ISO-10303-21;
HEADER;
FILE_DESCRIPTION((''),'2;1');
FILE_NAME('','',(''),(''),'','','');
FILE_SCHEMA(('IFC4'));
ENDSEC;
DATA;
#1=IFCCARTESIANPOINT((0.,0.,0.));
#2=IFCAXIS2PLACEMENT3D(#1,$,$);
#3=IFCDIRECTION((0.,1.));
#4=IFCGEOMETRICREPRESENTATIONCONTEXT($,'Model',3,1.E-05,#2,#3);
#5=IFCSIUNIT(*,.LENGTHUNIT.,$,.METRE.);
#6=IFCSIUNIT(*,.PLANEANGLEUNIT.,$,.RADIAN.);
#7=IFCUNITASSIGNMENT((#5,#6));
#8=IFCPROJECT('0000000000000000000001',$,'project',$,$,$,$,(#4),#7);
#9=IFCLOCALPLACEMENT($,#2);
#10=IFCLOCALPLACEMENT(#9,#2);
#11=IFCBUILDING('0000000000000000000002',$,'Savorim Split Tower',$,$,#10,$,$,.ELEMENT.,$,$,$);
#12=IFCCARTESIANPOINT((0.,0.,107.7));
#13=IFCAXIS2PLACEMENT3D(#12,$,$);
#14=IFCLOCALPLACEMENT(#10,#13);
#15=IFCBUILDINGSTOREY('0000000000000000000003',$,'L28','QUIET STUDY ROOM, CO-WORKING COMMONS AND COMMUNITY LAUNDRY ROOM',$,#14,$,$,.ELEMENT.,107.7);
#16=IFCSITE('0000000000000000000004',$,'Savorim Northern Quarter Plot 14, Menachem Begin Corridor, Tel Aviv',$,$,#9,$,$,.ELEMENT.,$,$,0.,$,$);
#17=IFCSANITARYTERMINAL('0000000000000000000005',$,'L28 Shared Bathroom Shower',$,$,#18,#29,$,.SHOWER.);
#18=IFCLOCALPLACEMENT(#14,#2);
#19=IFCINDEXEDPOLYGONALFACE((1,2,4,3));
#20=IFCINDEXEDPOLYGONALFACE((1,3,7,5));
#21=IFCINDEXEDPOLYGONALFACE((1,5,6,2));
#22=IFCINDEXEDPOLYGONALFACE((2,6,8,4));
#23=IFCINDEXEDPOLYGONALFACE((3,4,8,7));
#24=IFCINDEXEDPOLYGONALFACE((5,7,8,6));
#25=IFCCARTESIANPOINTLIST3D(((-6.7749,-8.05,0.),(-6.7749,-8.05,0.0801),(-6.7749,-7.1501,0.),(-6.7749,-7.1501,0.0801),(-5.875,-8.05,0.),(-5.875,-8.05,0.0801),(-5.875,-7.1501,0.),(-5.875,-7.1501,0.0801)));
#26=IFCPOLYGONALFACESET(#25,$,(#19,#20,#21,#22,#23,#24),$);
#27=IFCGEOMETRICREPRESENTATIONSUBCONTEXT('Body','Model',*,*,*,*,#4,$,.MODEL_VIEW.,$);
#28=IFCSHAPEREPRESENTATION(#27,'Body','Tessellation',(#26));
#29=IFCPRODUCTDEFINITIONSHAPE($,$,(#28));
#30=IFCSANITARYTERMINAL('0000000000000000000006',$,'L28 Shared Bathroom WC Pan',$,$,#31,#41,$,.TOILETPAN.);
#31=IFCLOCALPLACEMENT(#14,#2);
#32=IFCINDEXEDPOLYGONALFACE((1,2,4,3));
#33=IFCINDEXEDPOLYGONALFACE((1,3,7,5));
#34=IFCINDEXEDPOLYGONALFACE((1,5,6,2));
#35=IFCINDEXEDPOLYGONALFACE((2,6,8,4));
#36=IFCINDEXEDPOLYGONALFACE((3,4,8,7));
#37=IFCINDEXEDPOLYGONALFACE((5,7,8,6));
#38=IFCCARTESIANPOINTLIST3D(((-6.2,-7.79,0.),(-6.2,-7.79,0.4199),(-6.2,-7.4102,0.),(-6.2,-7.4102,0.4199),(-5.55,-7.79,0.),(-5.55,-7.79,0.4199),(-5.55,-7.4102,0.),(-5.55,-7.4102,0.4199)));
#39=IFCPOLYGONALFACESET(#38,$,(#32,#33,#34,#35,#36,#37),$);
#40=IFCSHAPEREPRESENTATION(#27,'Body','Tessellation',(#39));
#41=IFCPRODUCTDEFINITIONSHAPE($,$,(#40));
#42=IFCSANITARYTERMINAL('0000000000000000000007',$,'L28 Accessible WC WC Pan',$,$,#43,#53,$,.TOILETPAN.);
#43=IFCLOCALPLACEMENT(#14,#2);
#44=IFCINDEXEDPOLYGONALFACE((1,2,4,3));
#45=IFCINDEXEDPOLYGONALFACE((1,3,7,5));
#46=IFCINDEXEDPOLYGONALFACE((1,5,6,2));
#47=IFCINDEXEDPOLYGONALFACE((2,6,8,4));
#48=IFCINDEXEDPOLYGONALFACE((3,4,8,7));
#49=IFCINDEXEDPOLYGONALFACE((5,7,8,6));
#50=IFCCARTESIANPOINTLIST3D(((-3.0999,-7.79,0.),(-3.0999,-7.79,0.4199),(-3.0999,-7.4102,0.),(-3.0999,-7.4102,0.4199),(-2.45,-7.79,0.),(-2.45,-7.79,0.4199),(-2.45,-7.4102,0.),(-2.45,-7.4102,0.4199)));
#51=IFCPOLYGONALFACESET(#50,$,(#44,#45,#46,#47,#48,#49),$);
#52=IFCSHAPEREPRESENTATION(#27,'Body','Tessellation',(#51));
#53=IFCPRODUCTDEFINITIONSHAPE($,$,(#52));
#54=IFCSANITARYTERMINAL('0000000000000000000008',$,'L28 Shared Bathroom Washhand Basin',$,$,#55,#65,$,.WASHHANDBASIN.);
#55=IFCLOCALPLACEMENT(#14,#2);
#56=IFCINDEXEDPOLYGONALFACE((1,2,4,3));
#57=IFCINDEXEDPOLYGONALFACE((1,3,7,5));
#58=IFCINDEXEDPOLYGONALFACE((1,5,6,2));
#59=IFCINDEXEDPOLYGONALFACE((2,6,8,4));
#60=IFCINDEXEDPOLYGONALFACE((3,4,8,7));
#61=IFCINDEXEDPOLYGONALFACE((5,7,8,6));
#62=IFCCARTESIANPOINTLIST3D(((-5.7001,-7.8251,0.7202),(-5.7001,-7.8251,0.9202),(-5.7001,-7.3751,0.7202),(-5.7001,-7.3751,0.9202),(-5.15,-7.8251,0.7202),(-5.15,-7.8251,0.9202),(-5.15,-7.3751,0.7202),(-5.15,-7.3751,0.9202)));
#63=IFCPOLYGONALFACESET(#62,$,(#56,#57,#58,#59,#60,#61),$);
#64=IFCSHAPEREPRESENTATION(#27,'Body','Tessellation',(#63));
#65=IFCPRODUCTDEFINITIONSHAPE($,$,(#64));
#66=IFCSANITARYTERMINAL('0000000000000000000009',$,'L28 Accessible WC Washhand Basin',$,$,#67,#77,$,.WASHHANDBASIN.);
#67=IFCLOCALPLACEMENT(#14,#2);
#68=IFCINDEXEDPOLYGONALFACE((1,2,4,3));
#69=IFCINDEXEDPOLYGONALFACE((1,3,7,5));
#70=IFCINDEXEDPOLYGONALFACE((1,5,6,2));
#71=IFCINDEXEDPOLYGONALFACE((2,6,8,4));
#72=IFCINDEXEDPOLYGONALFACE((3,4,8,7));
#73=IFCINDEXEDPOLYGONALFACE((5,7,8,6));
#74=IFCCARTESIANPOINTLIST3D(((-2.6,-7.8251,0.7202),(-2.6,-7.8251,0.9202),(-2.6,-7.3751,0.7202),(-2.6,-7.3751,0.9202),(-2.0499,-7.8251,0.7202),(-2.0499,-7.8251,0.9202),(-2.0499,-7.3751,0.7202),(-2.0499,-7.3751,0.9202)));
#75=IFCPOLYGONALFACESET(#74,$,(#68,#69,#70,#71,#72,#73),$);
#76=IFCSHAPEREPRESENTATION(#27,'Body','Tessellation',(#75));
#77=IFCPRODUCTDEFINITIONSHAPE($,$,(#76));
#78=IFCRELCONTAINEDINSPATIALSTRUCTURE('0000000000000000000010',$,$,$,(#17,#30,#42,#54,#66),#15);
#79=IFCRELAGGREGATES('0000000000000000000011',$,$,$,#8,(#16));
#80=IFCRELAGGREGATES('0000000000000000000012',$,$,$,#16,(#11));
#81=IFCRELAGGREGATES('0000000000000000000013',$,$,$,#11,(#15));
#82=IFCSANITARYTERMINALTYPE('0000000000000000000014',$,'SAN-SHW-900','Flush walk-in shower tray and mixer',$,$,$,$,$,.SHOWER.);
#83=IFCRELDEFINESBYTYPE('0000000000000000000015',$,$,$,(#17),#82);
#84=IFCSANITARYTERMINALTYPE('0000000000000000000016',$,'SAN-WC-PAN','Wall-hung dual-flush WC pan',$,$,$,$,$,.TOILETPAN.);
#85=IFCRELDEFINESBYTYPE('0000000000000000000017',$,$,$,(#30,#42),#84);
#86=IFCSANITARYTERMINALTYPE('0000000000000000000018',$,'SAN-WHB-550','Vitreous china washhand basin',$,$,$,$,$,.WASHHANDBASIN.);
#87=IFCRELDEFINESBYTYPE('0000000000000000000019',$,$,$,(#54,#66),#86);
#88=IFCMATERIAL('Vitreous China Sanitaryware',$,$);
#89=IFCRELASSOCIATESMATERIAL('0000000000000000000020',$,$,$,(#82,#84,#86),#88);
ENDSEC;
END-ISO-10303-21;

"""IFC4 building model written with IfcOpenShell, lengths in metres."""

from ifc_helpers import new_model, si_unit, direction, frame, origin, origin_2d, place, context, subcontext, project, spatial, rectangle, extrude, material, type_object, element, save


model = new_model("IFC4")

# Units and contexts
model_context = context("Model", 3, precision=1e-05, world=origin(), true_north=direction((0.0, 1.0)))
body_context = subcontext(model_context, "Body", "Model", "MODEL_VIEW")
ifc_project = project(units=[si_unit("LENGTHUNIT", "METRE"), si_unit("PLANEANGLEUNIT", "RADIAN")], contexts=[model_context])

# Site, building, storey
site_placement = place(None, origin())
site = spatial("IfcSite", under=ifc_project, at=site_placement, Name="Savorim Northern Quarter Plot 14, Menachem Begin Corridor, Tel Aviv", CompositionType="ELEMENT", RefElevation=0.0)
building_placement = place(site_placement, origin())
building = spatial("IfcBuilding", under=site, at=building_placement, Name="Savorim Split Tower", CompositionType="ELEMENT")
storey_placement = place(building_placement, frame((0.0, 0.0, 107.7)))
storey = spatial("IfcBuildingStorey", under=building, at=storey_placement, Name="L28", Description="QUIET STUDY ROOM, CO-WORKING COMMONS AND COMMUNITY LAUNDRY ROOM", CompositionType="ELEMENT", Elevation=107.7)

# Sanitary terminals
ifc_material_1 = material(Name="Vitreous China Sanitaryware")
sanitary_terminal_type_1 = type_object("IfcSanitaryTerminalType", Name="SAN-SHW-900", Description="Flush walk-in shower tray and mixer", PredefinedType="SHOWER", material=ifc_material_1)
sanitary_terminal_placement = place(storey_placement, frame((-6.325, -7.6001, 0.0), z_axis=(0.0, 0.0, 1.0), x_axis=(1.0, 0.0, 0.0)))
element("IfcSanitaryTerminal", 1, at=sanitary_terminal_placement, inside=storey, type_object=sanitary_terminal_type_1, Name="L28 Shared Bathroom Shower", PredefinedType="SHOWER", context=body_context, shape_type="SweptSolid", body=[
    extrude(rectangle(XDim=0.8999, YDim=0.8999, at=origin_2d()), origin(), (0.0, 0.0, 1.0), 0.0801),
])
sanitary_terminal_type_2 = type_object("IfcSanitaryTerminalType", Name="SAN-WC-PAN", Description="Wall-hung dual-flush WC pan", PredefinedType="TOILETPAN", material=ifc_material_1)
for number, where, z_axis, x_axis, name in (
    (2, (-5.875, -7.6001, 0.0), (0.0, 0.0, 1.0), (1.0, 0.0, 0.0), "L28 Shared Bathroom WC Pan"),
    (3, (-2.7749, -7.6001, 0.0), (0.0, 0.0, 1.0), (1.0, 0.0, 0.0), "L28 Accessible WC WC Pan"),
):
    element("IfcSanitaryTerminal", number, at=place(storey_placement, frame(where, z_axis=z_axis, x_axis=x_axis)), inside=storey, type_object=sanitary_terminal_type_2, Name=name, PredefinedType="TOILETPAN", context=body_context, shape_type="SweptSolid", body=[
        extrude(rectangle(XDim=0.6499, YDim=0.3799, at=origin_2d()), origin(), (0.0, 0.0, 1.0), 0.4199),
    ])
sanitary_terminal_type_3 = type_object("IfcSanitaryTerminalType", Name="SAN-WHB-550", Description="Vitreous china washhand basin", PredefinedType="WASHHANDBASIN", material=ifc_material_1)
for number, where, z_axis, x_axis, name in (
    (4, (-5.425, -7.6001, 0.7202), (0.0, 0.0, 1.0), (1.0, 0.0, 0.0), "L28 Shared Bathroom Washhand Basin"),
    (5, (-2.325, -7.6001, 0.7202), (0.0, 0.0, 1.0), (1.0, 0.0, 0.0), "L28 Accessible WC Washhand Basin"),
):
    element("IfcSanitaryTerminal", number, at=place(storey_placement, frame(where, z_axis=z_axis, x_axis=x_axis)), inside=storey, type_object=sanitary_terminal_type_3, Name=name, PredefinedType="WASHHANDBASIN", context=body_context, shape_type="SweptSolid", body=[
        extrude(rectangle(XDim=0.55, YDim=0.45, at=origin_2d()), origin(), (0.0, 0.0, 1.0), 0.2),
    ])

save(model, "model.ifc")
